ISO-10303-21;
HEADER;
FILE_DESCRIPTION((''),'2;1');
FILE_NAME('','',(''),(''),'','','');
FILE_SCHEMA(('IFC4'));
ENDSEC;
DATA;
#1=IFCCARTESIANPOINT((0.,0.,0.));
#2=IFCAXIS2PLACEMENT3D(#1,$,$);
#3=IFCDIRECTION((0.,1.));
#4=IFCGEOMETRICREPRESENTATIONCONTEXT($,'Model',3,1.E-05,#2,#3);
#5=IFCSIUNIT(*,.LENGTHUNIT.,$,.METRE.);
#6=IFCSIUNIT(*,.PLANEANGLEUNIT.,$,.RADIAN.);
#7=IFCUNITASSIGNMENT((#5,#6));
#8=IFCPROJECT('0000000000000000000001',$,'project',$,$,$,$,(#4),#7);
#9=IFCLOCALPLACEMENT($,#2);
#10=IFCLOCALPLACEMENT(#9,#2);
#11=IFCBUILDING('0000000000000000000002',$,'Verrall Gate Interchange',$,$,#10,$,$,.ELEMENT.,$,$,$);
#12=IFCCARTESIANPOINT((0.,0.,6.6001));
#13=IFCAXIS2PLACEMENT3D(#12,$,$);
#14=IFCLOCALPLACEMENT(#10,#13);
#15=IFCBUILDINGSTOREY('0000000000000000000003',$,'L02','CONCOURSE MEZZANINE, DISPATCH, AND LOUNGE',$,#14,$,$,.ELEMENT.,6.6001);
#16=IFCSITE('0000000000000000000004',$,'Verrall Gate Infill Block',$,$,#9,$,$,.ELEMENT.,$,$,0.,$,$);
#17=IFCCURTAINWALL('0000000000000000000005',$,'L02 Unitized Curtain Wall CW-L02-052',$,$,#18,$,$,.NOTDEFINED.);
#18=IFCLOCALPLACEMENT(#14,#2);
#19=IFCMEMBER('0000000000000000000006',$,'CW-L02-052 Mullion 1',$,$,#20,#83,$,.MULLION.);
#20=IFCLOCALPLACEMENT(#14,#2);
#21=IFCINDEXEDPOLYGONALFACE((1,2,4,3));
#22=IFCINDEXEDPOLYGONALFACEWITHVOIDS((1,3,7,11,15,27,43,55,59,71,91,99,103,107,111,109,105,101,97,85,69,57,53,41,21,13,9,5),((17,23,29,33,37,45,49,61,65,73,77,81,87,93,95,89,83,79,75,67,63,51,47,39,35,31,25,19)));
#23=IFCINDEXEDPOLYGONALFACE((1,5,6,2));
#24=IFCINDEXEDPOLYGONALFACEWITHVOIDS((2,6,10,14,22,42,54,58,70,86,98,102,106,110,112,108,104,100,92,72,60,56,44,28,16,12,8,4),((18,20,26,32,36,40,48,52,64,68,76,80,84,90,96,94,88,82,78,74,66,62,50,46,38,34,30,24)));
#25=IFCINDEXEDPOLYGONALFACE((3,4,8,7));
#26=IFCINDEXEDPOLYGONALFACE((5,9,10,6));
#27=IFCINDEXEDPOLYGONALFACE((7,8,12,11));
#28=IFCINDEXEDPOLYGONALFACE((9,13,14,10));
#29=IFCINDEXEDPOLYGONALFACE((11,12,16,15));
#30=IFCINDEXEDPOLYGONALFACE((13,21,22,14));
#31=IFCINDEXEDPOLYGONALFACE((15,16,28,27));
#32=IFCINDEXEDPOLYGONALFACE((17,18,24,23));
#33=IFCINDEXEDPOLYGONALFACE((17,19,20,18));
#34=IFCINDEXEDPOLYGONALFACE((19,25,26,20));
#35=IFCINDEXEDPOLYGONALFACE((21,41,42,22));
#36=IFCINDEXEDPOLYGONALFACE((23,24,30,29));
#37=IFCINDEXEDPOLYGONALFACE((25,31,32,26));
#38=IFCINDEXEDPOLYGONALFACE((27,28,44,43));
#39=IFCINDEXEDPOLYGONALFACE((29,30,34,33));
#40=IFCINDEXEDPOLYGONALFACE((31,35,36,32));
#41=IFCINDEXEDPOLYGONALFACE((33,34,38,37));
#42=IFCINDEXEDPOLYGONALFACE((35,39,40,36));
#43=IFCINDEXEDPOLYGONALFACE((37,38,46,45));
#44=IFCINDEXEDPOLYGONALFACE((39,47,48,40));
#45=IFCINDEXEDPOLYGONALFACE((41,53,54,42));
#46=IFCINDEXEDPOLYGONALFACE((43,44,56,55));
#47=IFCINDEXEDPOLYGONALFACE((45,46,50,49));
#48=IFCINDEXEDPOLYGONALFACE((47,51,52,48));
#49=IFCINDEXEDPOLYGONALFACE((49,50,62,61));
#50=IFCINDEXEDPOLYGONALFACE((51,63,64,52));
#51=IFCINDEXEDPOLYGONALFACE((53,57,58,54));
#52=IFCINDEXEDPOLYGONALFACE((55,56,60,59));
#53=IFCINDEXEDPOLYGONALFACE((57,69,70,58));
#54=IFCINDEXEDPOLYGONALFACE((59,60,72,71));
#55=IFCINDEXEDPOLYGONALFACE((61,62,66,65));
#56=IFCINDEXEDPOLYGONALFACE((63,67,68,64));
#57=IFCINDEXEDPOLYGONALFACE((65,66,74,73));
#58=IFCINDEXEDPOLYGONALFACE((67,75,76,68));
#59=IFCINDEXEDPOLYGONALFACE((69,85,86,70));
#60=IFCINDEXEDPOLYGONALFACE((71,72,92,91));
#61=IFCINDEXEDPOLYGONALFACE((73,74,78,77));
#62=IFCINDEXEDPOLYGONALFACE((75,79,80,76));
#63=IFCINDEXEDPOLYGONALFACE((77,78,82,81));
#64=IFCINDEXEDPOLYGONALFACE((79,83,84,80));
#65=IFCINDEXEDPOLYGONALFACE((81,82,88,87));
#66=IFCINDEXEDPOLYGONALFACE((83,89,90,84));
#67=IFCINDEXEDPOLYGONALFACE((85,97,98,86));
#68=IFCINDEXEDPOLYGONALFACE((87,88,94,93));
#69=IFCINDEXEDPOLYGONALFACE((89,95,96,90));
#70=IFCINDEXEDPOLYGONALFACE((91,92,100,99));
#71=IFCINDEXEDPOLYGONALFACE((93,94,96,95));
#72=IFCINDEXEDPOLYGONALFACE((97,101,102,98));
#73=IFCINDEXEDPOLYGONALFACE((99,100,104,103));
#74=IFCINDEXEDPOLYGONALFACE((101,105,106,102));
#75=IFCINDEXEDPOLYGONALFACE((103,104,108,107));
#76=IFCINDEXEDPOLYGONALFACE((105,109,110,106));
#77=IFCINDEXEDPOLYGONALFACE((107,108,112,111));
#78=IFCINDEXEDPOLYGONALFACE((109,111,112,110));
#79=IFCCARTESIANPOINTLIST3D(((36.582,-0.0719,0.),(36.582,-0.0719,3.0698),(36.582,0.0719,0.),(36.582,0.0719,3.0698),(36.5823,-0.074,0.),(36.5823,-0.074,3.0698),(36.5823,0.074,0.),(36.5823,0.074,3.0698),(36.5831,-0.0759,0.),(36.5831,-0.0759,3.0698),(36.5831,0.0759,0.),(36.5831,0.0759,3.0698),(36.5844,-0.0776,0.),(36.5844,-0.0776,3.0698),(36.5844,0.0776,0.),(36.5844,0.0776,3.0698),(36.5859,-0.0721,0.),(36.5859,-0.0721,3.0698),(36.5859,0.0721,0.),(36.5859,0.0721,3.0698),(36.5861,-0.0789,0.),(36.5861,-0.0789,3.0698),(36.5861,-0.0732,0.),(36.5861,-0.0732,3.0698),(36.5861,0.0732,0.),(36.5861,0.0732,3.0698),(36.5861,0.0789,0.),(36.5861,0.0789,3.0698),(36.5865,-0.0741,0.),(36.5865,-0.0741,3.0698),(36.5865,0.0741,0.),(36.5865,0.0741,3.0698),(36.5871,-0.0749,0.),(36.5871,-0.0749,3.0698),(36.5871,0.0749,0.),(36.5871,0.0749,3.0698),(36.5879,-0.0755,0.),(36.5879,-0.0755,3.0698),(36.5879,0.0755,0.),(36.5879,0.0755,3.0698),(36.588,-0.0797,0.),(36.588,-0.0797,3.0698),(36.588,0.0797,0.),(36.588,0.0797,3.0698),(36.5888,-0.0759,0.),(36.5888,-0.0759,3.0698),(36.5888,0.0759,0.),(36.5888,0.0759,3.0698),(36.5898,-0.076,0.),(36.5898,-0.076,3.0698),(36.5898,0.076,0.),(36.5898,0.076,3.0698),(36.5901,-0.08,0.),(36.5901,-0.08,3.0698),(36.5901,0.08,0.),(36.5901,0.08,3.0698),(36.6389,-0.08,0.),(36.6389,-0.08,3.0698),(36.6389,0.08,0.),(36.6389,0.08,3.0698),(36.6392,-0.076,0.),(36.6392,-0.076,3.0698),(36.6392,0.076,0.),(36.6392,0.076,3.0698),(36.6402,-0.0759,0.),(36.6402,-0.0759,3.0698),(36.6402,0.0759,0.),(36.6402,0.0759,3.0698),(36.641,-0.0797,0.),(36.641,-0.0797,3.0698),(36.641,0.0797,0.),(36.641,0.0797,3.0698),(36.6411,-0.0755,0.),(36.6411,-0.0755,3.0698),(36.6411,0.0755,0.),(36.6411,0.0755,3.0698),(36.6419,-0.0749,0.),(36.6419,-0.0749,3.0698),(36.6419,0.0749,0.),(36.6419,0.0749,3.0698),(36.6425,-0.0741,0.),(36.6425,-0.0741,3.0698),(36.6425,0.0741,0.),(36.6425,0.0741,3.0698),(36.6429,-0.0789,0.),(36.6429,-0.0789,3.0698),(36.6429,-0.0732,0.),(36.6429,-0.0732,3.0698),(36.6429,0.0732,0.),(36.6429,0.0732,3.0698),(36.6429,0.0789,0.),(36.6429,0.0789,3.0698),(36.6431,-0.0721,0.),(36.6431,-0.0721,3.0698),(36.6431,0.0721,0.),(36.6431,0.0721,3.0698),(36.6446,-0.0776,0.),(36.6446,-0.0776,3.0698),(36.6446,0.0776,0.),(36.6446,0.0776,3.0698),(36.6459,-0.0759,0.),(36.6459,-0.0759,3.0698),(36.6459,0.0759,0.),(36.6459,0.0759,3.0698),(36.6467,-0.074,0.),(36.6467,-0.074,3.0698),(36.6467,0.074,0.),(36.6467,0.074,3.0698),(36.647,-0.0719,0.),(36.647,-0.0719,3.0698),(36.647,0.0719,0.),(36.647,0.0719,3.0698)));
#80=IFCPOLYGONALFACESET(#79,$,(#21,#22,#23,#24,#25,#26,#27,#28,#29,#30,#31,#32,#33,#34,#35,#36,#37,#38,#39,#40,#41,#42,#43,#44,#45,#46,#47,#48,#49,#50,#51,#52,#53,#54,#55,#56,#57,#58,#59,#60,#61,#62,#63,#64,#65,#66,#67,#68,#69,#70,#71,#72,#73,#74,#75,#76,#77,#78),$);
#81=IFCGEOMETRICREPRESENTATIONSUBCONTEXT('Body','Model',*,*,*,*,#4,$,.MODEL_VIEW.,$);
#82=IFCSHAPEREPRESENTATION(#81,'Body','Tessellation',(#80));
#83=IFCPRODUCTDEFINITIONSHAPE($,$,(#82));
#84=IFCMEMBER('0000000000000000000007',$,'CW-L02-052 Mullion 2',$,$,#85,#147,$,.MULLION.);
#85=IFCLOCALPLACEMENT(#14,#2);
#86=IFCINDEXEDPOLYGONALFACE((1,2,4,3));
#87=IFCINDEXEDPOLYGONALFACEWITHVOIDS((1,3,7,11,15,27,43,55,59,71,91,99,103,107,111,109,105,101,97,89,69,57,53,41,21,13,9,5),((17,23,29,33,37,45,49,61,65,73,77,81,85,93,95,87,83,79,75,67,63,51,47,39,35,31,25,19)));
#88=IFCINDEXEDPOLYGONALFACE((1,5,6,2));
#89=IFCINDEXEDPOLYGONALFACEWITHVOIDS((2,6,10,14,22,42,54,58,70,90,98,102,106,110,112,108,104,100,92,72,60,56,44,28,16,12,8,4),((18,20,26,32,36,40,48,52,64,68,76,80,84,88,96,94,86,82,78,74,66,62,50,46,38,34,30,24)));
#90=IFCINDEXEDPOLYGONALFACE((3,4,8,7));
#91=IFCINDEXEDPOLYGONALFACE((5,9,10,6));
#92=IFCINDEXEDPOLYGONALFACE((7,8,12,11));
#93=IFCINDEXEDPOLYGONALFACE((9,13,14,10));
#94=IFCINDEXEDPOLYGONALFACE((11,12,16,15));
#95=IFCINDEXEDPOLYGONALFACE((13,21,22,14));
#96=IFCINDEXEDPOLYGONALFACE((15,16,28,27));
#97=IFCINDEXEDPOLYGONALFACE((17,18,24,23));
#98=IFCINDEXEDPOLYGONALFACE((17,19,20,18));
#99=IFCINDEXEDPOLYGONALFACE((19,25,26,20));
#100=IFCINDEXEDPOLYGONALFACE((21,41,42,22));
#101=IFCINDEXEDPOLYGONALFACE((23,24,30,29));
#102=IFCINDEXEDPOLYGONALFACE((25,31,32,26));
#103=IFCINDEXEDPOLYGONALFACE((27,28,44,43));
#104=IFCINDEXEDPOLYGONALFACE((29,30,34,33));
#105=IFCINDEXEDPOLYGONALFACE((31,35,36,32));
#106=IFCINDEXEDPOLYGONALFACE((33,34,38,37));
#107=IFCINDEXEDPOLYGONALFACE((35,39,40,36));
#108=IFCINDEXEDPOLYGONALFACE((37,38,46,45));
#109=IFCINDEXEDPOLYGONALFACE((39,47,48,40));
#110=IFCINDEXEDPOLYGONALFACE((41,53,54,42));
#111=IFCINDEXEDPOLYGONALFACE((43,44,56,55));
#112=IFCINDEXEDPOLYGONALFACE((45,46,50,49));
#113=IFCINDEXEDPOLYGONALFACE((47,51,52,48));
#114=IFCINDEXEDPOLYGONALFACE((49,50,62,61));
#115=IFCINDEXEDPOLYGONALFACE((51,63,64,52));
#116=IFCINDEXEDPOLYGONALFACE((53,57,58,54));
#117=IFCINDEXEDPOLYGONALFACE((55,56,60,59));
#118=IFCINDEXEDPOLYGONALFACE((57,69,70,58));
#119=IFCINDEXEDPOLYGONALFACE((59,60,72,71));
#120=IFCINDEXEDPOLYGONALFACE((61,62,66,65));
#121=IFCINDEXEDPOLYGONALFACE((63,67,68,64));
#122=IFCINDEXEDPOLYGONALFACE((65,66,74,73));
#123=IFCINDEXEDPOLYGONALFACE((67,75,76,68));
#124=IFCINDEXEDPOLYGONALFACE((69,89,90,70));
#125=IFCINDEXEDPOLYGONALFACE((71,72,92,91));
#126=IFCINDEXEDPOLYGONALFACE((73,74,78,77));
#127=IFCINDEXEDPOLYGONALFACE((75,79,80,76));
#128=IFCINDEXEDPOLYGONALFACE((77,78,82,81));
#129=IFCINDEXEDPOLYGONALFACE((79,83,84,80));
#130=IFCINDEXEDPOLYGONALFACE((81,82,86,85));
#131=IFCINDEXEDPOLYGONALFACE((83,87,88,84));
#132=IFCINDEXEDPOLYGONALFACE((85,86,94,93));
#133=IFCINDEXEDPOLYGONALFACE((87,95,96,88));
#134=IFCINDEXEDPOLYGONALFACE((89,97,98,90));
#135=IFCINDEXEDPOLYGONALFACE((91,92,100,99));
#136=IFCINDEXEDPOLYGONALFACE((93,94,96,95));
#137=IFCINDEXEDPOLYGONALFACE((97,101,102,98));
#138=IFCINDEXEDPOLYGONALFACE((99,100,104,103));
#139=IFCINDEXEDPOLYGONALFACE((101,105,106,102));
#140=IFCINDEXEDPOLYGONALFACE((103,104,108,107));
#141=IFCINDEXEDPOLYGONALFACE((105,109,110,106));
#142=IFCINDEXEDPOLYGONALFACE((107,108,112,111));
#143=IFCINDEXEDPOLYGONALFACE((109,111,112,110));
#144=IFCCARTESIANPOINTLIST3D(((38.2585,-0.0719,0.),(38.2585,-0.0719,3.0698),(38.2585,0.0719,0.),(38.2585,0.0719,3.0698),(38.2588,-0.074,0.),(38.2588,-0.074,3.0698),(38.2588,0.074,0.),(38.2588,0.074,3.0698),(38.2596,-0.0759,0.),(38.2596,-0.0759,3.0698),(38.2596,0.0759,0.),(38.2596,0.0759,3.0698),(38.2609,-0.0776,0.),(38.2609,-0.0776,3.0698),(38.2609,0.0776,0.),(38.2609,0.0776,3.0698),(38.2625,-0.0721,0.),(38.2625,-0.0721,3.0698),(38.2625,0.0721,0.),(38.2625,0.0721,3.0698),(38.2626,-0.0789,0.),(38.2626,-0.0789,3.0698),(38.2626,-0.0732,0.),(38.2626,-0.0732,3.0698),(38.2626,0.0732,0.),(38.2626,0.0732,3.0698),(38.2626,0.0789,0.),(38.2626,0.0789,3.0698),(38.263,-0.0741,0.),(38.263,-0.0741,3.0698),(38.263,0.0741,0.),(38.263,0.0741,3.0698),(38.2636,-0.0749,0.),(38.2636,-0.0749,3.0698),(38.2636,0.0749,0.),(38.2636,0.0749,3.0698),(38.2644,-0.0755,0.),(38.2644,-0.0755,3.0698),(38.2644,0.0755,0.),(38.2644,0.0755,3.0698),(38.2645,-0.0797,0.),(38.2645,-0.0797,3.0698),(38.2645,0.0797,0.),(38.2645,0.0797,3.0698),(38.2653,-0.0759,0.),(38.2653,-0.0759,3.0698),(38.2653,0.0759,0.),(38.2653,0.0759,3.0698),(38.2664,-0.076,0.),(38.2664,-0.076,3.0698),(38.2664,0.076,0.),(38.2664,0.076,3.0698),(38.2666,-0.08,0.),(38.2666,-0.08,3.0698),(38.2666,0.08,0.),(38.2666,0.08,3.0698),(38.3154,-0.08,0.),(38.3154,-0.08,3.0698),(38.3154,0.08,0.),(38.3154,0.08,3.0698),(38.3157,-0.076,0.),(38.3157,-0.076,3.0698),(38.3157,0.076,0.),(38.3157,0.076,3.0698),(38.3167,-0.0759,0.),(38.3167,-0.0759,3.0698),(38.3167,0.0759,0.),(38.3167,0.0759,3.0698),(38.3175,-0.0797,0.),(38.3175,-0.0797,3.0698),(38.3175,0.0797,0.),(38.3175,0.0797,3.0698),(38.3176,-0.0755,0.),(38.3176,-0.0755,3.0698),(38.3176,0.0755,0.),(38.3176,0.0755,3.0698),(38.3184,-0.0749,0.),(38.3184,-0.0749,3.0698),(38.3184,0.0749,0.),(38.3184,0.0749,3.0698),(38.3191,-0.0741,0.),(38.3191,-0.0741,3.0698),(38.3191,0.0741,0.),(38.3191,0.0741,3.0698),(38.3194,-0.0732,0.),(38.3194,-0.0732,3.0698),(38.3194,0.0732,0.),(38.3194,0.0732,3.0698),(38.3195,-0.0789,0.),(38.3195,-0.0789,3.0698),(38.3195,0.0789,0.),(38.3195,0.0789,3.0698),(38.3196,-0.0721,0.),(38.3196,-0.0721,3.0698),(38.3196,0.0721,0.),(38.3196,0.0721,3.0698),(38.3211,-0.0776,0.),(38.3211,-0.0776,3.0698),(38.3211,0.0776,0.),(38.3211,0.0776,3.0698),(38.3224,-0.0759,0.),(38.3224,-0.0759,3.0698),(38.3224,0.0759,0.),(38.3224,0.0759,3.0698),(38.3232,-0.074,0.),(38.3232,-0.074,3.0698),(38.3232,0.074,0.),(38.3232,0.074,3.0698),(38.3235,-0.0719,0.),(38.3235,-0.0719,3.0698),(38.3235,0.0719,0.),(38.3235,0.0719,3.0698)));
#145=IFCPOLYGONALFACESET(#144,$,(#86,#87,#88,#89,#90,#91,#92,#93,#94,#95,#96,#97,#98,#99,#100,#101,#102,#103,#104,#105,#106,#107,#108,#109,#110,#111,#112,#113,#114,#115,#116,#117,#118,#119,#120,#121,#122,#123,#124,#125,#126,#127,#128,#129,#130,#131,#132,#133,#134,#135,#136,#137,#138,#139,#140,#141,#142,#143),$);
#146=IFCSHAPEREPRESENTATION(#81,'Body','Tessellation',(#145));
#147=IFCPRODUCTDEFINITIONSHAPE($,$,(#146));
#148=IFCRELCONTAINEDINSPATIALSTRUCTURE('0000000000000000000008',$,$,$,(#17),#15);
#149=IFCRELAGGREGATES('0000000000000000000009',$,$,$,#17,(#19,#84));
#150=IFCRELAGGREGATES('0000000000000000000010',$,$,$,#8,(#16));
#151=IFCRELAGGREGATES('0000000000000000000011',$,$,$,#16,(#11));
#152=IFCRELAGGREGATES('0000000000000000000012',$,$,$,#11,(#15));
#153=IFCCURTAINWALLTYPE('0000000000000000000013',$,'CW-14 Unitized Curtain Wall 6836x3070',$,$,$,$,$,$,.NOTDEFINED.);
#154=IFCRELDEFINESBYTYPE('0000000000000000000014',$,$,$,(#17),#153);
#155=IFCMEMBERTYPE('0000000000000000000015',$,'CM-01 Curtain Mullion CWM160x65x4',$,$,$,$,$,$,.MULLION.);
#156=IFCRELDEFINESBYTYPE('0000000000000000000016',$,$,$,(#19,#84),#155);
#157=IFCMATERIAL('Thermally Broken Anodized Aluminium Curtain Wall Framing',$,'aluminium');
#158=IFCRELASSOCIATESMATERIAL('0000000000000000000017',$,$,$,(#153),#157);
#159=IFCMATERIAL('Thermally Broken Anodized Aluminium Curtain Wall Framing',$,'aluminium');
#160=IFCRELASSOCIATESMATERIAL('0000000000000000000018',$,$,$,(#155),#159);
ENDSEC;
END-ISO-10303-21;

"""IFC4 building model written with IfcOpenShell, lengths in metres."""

from ifc_helpers import new_model, si_unit, direction, frame, origin, origin_2d, place, context, subcontext, project, spatial, hollow_rectangle, extrude, material, material_profile, profile_set, type_object, element, aggregate, save


model = new_model("IFC4")

# Units and contexts
model_context = context("Model", 3, precision=1e-05, world=origin(), true_north=direction((0.0, 1.0)))
body_context = subcontext(model_context, "Body", "Model", "MODEL_VIEW")
ifc_project = project(units=[si_unit("LENGTHUNIT", "METRE"), si_unit("PLANEANGLEUNIT", "RADIAN")], contexts=[model_context])

# Site, building, storey
site_placement = place(None, origin())
site = spatial("IfcSite", under=ifc_project, at=site_placement, Name="Verrall Gate Infill Block", CompositionType="ELEMENT", RefElevation=0.0)
building_placement = place(site_placement, origin())
building = spatial("IfcBuilding", under=site, at=building_placement, Name="Verrall Gate Interchange", CompositionType="ELEMENT")
storey_placement = place(building_placement, frame((0.0, 0.0, 6.6001)))
storey = spatial("IfcBuildingStorey", under=building, at=storey_placement, Name="L02", Description="CONCOURSE MEZZANINE, DISPATCH, AND LOUNGE", CompositionType="ELEMENT", Elevation=6.6001)

# Curtain wall, members
ifc_material_1 = material(Name="Thermally Broken Anodized Aluminium Curtain Wall Framing", Category="aluminium")
curtain_wall_type = type_object("IfcCurtainWallType", Name="CW-14 Unitized Curtain Wall 6836x3070", PredefinedType="NOTDEFINED", material=ifc_material_1)
curtain_wall_1_placement = place(storey_placement, origin())
curtain_wall_1 = element("IfcCurtainWall", 1, at=curtain_wall_1_placement, inside=storey, type_object=curtain_wall_type, Name="L02 Unitized Curtain Wall CW-L02-052", PredefinedType="NOTDEFINED")
ifc_material_2 = material(Name="Thermally Broken Anodized Aluminium Curtain Wall Framing", Category="aluminium")
ifc_material_profile_1 = material_profile(ifc_material_2, hollow_rectangle(XDim=0.0649, YDim=0.1599, WallThickness=0.0039, InnerFilletRadius=0.0039, OuterFilletRadius=0.0081, at=origin_2d()), Name="CWM160x65x4")
ifc_profile_set_1 = profile_set([ifc_material_profile_1], Name="Thermally Broken Anodized Aluminium Curtain Wall Framing")
member_type_1 = type_object("IfcMemberType", Name="CM-01 Curtain Mullion CWM160x65x4", PredefinedType="MULLION", material=ifc_profile_set_1)
member_1_placement = place(storey_placement, frame((36.6145, 0.0, 0.0), z_axis=(0.0, 0.0, 1.0), x_axis=(1.0, 0.0, 0.0)))
member_1 = element("IfcMember", 2, at=member_1_placement, type_object=member_type_1, Name="CW-L02-052 Mullion 1", PredefinedType="MULLION", context=body_context, shape_type="SweptSolid", body=[
    extrude(hollow_rectangle(XDim=0.0649, YDim=0.1599, WallThickness=0.0039, InnerFilletRadius=0.0039, OuterFilletRadius=0.0081, at=origin_2d()), origin(), (0.0, 0.0, 1.0), 3.0698),
])
member_2_placement = place(storey_placement, frame((38.291, 0.0, 0.0), z_axis=(0.0, 0.0, 1.0), x_axis=(1.0, 0.0, 0.0)))
member_2 = element("IfcMember", 3, at=member_2_placement, type_object=member_type_1, Name="CW-L02-052 Mullion 2", PredefinedType="MULLION", context=body_context, shape_type="SweptSolid", body=[
    extrude(hollow_rectangle(XDim=0.0649, YDim=0.1599, WallThickness=0.0039, InnerFilletRadius=0.0039, OuterFilletRadius=0.0081, at=origin_2d()), origin(), (0.0, 0.0, 1.0), 3.0698),
])

aggregate(curtain_wall_1, [member_1, member_2])

save(model, "model.ifc")
